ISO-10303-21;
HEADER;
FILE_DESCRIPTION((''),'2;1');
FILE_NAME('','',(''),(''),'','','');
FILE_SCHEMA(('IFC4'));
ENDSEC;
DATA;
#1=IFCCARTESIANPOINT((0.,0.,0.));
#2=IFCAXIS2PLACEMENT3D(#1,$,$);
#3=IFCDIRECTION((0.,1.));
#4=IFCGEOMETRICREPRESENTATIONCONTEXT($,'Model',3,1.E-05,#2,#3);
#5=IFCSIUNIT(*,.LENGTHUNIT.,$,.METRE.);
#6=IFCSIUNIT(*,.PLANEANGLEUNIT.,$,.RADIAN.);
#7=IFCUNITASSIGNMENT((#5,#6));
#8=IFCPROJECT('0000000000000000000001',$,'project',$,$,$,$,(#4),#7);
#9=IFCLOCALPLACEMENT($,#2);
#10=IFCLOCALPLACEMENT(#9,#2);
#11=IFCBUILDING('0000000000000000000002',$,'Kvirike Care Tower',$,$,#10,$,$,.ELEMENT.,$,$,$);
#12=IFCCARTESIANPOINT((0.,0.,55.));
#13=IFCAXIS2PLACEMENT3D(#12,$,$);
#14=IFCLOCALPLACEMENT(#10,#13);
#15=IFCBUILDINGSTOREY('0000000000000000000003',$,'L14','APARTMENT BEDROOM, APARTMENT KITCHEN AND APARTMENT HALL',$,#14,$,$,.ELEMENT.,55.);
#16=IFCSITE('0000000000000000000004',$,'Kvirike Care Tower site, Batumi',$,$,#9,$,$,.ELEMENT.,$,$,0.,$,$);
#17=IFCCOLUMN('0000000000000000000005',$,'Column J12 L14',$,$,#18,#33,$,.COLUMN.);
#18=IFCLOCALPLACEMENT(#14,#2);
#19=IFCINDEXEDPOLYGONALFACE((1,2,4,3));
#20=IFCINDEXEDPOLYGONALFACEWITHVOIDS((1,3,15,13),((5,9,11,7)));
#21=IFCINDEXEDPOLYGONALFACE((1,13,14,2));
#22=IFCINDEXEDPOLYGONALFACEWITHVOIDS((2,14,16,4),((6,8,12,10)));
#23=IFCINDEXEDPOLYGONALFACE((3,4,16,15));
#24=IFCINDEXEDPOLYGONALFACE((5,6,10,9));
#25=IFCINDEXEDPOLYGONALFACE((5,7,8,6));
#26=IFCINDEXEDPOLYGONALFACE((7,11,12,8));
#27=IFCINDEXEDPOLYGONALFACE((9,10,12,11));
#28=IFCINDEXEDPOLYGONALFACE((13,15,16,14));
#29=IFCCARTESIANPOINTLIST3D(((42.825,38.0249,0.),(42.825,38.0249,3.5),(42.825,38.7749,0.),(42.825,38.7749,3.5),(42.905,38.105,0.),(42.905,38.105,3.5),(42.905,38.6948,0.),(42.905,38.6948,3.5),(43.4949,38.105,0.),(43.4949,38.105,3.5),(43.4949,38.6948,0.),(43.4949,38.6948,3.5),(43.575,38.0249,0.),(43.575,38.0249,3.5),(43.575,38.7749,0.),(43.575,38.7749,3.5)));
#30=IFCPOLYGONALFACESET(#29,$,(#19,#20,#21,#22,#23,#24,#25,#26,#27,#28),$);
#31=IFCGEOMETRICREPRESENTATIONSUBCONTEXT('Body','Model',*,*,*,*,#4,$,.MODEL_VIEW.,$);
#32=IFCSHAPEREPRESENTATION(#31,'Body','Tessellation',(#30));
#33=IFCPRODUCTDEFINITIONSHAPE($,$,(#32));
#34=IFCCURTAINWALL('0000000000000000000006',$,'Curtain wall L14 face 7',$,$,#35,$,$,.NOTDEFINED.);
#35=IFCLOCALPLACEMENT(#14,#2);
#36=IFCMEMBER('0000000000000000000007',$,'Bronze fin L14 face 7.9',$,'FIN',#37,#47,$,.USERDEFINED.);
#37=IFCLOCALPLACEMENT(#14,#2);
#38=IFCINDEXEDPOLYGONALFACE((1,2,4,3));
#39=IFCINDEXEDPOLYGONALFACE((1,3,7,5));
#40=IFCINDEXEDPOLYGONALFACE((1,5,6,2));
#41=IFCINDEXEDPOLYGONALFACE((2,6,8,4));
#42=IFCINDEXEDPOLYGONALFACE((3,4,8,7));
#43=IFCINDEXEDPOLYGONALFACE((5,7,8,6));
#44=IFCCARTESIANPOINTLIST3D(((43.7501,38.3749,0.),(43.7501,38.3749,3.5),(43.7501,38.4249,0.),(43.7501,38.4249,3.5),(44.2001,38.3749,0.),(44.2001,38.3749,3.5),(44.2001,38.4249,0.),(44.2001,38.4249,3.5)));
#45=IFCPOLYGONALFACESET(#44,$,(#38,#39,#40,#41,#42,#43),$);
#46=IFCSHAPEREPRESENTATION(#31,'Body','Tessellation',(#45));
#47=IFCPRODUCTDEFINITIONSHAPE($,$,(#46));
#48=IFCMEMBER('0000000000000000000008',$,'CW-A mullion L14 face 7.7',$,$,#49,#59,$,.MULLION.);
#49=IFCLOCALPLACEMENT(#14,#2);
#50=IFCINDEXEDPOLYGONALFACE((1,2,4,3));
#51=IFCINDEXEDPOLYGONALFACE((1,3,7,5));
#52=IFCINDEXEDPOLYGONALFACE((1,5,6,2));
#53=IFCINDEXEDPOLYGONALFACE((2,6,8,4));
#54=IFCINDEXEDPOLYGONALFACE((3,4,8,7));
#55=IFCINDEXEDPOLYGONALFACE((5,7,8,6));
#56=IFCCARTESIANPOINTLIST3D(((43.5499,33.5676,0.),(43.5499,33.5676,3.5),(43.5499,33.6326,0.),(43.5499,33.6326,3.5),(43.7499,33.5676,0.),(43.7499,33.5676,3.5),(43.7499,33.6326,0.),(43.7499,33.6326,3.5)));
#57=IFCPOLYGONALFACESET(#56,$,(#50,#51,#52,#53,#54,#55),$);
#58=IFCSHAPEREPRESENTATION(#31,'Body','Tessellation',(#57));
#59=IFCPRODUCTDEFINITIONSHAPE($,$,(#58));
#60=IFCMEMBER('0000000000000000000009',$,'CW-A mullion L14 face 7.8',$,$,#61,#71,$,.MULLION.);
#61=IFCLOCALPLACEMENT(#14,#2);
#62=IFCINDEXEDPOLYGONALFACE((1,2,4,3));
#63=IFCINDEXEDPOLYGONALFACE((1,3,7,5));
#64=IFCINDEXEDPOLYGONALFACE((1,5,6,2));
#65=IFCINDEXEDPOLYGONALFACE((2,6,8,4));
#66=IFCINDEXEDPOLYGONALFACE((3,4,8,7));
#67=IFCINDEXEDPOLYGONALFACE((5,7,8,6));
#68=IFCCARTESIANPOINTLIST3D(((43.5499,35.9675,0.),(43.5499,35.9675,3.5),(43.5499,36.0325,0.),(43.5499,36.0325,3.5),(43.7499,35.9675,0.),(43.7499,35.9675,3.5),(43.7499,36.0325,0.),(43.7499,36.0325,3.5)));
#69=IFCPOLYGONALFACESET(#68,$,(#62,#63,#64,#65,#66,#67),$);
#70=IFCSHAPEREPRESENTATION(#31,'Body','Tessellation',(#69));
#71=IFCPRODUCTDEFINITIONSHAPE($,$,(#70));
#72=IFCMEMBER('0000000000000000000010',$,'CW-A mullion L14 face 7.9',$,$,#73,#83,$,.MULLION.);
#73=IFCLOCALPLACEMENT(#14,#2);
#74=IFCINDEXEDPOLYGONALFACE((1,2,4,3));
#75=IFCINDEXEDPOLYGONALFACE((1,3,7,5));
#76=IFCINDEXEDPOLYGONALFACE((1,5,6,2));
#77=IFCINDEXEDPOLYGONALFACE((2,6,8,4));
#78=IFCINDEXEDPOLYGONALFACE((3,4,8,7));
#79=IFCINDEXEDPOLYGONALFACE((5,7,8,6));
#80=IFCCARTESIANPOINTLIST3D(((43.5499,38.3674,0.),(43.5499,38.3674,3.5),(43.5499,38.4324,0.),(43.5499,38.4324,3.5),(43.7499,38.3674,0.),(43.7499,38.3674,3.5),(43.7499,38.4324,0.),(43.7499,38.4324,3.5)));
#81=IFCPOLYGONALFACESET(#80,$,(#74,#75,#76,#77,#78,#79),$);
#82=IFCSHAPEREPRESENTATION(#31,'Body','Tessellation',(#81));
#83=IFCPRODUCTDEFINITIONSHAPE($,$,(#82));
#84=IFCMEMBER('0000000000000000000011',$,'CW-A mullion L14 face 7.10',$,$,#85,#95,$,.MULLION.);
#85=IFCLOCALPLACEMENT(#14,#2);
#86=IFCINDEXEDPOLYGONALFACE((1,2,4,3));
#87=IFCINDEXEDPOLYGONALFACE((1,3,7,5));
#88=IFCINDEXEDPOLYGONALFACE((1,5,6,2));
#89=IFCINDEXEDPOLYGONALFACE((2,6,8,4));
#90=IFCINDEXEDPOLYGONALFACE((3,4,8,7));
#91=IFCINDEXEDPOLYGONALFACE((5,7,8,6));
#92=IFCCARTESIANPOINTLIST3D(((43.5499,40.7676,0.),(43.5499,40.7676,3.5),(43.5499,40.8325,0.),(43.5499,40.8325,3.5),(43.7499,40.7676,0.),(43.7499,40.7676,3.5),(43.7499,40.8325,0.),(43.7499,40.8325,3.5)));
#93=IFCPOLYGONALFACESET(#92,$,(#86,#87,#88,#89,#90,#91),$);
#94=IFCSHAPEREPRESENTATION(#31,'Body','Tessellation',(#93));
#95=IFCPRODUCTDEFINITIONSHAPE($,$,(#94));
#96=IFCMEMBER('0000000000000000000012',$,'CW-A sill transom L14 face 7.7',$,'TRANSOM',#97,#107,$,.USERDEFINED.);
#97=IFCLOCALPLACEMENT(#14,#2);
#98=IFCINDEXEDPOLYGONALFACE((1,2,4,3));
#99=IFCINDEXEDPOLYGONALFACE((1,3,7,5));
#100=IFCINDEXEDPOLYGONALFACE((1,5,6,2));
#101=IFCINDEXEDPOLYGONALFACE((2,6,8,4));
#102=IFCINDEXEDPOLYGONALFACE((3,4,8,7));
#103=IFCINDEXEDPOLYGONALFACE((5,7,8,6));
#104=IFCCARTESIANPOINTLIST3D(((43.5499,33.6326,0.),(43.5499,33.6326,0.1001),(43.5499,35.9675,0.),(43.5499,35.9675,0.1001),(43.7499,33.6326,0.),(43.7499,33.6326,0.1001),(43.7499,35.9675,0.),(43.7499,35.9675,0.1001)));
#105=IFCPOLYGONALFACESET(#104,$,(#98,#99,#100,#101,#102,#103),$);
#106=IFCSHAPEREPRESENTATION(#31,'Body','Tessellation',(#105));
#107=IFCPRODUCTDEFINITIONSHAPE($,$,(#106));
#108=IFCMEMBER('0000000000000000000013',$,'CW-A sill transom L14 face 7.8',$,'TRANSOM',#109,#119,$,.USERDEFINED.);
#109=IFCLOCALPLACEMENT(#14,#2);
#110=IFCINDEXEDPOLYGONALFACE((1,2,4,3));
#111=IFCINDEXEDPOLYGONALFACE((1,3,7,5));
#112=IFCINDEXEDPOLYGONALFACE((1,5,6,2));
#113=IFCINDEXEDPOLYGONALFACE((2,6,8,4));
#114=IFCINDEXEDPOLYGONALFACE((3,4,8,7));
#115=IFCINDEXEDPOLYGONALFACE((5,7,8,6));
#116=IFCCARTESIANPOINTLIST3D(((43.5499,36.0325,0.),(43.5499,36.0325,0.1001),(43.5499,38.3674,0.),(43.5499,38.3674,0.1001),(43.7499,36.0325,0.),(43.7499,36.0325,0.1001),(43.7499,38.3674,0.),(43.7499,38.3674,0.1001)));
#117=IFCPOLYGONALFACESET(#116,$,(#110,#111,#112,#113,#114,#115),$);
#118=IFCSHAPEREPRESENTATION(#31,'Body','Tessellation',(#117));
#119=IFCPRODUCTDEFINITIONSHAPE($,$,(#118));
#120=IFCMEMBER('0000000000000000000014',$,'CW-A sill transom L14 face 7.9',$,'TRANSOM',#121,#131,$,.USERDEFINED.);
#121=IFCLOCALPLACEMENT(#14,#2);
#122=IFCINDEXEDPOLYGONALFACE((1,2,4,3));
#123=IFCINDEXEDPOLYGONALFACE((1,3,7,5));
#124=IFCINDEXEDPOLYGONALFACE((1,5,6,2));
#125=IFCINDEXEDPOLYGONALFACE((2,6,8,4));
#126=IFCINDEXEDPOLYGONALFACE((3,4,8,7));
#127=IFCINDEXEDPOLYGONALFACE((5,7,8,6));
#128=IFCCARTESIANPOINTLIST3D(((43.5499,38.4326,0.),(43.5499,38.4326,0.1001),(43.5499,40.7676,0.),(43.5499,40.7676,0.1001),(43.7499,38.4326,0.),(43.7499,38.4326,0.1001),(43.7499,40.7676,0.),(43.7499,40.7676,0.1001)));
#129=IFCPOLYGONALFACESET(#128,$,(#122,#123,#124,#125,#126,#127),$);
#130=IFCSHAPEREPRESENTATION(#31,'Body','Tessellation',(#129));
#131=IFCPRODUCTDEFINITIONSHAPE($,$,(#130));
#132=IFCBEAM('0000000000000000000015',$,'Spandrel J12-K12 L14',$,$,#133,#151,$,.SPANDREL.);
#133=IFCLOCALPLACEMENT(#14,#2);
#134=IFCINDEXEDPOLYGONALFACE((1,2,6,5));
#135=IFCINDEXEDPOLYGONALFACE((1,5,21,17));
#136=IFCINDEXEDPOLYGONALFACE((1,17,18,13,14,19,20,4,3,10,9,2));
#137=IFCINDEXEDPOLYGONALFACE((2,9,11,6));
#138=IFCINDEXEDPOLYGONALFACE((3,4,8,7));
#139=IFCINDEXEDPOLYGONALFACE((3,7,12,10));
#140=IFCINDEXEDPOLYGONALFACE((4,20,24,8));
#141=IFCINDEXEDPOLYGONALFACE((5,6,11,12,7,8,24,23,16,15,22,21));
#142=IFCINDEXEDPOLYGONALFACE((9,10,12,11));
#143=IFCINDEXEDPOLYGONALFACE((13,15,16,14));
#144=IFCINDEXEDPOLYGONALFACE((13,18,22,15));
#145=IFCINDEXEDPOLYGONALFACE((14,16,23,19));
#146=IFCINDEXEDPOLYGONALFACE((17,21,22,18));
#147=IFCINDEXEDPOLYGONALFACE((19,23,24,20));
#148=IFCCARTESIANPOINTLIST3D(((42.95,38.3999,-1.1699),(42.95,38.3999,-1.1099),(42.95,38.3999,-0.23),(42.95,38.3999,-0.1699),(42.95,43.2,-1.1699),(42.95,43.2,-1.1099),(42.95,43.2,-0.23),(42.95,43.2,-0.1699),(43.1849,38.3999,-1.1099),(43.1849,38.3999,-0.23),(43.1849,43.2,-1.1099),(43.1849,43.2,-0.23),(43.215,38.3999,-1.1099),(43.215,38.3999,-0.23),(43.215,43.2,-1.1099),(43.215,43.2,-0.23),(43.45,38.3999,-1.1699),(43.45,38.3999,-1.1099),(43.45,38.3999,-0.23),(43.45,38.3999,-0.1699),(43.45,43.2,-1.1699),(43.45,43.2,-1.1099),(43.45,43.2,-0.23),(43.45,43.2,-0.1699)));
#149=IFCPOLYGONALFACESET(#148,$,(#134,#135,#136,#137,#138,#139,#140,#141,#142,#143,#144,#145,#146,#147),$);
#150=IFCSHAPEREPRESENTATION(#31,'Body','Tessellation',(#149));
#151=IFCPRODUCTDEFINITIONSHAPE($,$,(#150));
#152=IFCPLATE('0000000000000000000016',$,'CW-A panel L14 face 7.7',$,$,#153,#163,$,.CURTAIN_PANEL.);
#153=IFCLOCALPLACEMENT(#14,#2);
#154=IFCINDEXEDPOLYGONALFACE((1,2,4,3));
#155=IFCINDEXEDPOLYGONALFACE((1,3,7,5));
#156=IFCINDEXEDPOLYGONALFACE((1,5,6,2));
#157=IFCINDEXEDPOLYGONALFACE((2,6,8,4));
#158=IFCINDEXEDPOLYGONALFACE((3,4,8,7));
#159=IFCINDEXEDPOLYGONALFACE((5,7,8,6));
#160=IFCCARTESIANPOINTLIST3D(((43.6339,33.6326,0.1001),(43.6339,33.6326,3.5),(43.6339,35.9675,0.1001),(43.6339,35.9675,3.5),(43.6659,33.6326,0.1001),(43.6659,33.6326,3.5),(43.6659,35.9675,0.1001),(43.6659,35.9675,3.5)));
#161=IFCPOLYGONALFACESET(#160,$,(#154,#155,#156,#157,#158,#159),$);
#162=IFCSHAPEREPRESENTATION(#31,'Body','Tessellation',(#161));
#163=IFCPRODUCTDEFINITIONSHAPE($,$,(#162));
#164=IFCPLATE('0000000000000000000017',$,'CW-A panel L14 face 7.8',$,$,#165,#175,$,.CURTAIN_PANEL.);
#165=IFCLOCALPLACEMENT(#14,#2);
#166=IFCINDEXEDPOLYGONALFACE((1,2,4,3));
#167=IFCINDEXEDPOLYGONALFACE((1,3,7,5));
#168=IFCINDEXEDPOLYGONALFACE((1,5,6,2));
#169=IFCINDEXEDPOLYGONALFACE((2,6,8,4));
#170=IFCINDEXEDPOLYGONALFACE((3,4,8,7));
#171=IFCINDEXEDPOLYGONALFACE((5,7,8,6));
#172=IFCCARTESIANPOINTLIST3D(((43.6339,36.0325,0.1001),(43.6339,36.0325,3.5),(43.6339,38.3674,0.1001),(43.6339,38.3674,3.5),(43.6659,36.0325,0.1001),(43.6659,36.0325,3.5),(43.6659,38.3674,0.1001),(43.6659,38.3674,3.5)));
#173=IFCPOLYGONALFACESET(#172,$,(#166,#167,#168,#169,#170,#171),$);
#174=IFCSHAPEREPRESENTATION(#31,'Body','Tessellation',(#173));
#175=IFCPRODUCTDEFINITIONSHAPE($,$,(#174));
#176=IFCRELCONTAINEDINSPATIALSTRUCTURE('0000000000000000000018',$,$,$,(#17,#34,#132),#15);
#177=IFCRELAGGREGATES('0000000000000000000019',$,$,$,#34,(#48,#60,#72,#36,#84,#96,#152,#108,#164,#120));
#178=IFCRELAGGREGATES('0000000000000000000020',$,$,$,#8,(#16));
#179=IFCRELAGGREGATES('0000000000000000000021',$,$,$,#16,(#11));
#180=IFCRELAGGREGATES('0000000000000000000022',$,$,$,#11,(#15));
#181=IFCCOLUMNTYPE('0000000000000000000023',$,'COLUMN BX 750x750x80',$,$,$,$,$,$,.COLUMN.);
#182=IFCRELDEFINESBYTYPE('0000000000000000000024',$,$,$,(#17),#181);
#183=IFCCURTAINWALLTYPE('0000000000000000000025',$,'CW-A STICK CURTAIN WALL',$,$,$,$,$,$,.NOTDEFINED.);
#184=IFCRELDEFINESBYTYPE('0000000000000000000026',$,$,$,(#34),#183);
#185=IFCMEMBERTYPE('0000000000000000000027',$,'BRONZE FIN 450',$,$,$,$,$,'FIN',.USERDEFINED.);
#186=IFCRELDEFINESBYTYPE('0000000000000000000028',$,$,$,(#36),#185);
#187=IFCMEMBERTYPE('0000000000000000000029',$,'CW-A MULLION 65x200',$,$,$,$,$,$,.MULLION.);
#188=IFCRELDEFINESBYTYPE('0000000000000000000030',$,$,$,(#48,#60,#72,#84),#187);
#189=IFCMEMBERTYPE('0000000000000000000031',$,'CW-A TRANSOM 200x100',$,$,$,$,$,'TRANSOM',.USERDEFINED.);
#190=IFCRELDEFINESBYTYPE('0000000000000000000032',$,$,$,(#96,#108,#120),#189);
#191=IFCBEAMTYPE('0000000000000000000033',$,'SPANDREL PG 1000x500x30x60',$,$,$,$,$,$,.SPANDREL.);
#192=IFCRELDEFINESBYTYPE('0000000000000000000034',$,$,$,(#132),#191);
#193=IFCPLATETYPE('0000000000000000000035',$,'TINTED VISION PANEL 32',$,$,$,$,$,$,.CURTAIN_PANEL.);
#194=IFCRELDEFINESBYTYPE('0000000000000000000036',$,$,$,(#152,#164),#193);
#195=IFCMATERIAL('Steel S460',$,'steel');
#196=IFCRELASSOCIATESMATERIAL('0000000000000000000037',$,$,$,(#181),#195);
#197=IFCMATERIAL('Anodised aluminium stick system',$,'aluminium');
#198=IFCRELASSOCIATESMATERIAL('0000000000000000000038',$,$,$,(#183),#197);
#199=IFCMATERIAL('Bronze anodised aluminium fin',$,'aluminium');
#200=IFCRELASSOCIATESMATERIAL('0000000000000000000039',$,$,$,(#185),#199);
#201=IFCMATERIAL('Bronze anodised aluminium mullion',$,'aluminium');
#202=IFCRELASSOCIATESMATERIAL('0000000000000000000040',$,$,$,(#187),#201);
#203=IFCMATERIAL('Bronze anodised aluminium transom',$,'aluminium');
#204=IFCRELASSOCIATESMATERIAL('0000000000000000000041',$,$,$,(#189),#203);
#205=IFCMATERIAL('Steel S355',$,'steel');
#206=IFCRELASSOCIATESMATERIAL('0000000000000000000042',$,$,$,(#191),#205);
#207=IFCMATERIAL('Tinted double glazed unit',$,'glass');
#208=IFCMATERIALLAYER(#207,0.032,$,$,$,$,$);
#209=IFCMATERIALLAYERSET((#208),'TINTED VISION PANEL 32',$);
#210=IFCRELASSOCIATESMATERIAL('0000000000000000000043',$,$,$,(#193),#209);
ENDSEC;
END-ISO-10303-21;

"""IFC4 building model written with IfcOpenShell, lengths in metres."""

from ifc_helpers import new_model, si_unit, direction, frame, origin, origin_2d, place, context, subcontext, project, spatial, rectangle, hollow_rectangle, i_section, extrude, material, layer, layer_set, material_profile, profile_set, type_object, element, aggregate, save


model = new_model("IFC4")

# Units and contexts
model_context = context("Model", 3, precision=1e-05, world=origin(), true_north=direction((0.0, 1.0)))
body_context = subcontext(model_context, "Body", "Model", "MODEL_VIEW")
ifc_project = project(units=[si_unit("LENGTHUNIT", "METRE"), si_unit("PLANEANGLEUNIT", "RADIAN")], contexts=[model_context])

# Site, building, storey
site_placement = place(None, origin())
site = spatial("IfcSite", under=ifc_project, at=site_placement, Name="Kvirike Care Tower site, Batumi", CompositionType="ELEMENT", RefElevation=0.0)
building_placement = place(site_placement, origin())
building = spatial("IfcBuilding", under=site, at=building_placement, Name="Kvirike Care Tower", CompositionType="ELEMENT")
storey_placement = place(building_placement, frame((0.0, 0.0, 55.0)))
storey = spatial("IfcBuildingStorey", under=building, at=storey_placement, Name="L14", Description="APARTMENT BEDROOM, APARTMENT KITCHEN AND APARTMENT HALL", CompositionType="ELEMENT", Elevation=55.0)

# Column
ifc_material_1 = material(Name="Steel S460", Category="steel")
ifc_material_profile_1 = material_profile(ifc_material_1, hollow_rectangle(XDim=0.75, YDim=0.75, WallThickness=0.0801, at=origin_2d()), Name="BX 750x750x80")
ifc_profile_set_1 = profile_set([ifc_material_profile_1], Name="Steel S460")
column_type = type_object("IfcColumnType", Name="COLUMN BX 750x750x80", PredefinedType="COLUMN", material=ifc_profile_set_1)
column_placement = place(storey_placement, frame((43.2, 38.3999, 0.0), z_axis=(0.0, 0.0, 1.0), x_axis=(1.0, 0.0, 0.0)))
element("IfcColumn", 1, at=column_placement, inside=storey, type_object=column_type, Name="Column J12 L14", PredefinedType="COLUMN", context=body_context, shape_type="SweptSolid", body=[
    extrude(hollow_rectangle(XDim=0.75, YDim=0.75, WallThickness=0.0801, at=origin_2d()), origin(), (0.0, 0.0, 1.0), 3.5),
])

# Curtain wall, members
ifc_material_2 = material(Name="Anodised aluminium stick system", Category="aluminium")
curtain_wall_type = type_object("IfcCurtainWallType", Name="CW-A STICK CURTAIN WALL", PredefinedType="NOTDEFINED", material=ifc_material_2)
curtain_wall_placement = place(storey_placement, origin())
curtain_wall = element("IfcCurtainWall", 2, at=curtain_wall_placement, inside=storey, type_object=curtain_wall_type, Name="Curtain wall L14 face 7", PredefinedType="NOTDEFINED")
ifc_material_3 = material(Name="Bronze anodised aluminium fin", Category="aluminium")
ifc_material_profile_2 = material_profile(ifc_material_3, rectangle(XDim=0.05, YDim=0.45, at=origin_2d()), Name="BRONZE FIN 450")
ifc_profile_set_2 = profile_set([ifc_material_profile_2], Name="Bronze anodised aluminium fin")
member_type_1 = type_object("IfcMemberType", Name="BRONZE FIN 450", ElementType="FIN", PredefinedType="USERDEFINED", material=ifc_profile_set_2)
member_1_placement = place(storey_placement, frame((43.9751, 38.3999, 0.0), z_axis=(0.0, 0.0, 1.0), x_axis=(0.0, 1.0, 0.0)))
member_1 = element("IfcMember", 3, at=member_1_placement, type_object=member_type_1, Name="Bronze fin L14 face 7.9", ObjectType="FIN", PredefinedType="USERDEFINED", context=body_context, shape_type="SweptSolid", body=[
    extrude(rectangle(XDim=0.05, YDim=0.45, at=origin_2d()), origin(), (0.0, 0.0, 1.0), 3.5),
])
ifc_material_4 = material(Name="Bronze anodised aluminium mullion", Category="aluminium")
ifc_material_profile_3 = material_profile(ifc_material_4, rectangle(XDim=0.0649, YDim=0.2, at=origin_2d()), Name="CW-A MULLION 65x200")
ifc_profile_set_3 = profile_set([ifc_material_profile_3], Name="Bronze anodised aluminium mullion")
member_type_2 = type_object("IfcMemberType", Name="CW-A MULLION 65x200", PredefinedType="MULLION", material=ifc_profile_set_3)
member_2_placement = place(storey_placement, frame((43.6499, 33.6001, 0.0), z_axis=(0.0, 0.0, 1.0), x_axis=(0.0, 1.0, 0.0)))
member_2 = element("IfcMember", 4, at=member_2_placement, type_object=member_type_2, Name="CW-A mullion L14 face 7.7", PredefinedType="MULLION", context=body_context, shape_type="SweptSolid", body=[
    extrude(rectangle(XDim=0.0649, YDim=0.2, at=origin_2d()), origin(), (0.0, 0.0, 1.0), 3.5),
])
member_3_placement = place(storey_placement, frame((43.6499, 36.0, 0.0), z_axis=(0.0, 0.0, 1.0), x_axis=(0.0, 1.0, 0.0)))
member_3 = element("IfcMember", 5, at=member_3_placement, type_object=member_type_2, Name="CW-A mullion L14 face 7.8", PredefinedType="MULLION", context=body_context, shape_type="SweptSolid", body=[
    extrude(rectangle(XDim=0.0649, YDim=0.2, at=origin_2d()), origin(), (0.0, 0.0, 1.0), 3.5),
])
member_4_placement = place(storey_placement, frame((43.6499, 38.3999, 0.0), z_axis=(0.0, 0.0, 1.0), x_axis=(0.0, 1.0, 0.0)))
member_4 = element("IfcMember", 6, at=member_4_placement, type_object=member_type_2, Name="CW-A mullion L14 face 7.9", PredefinedType="MULLION", context=body_context, shape_type="SweptSolid", body=[
    extrude(rectangle(XDim=0.0649, YDim=0.2, at=origin_2d()), origin(), (0.0, 0.0, 1.0), 3.5),
])
member_5_placement = place(storey_placement, frame((43.6499, 40.8, 0.0), z_axis=(0.0, 0.0, 1.0), x_axis=(0.0, 1.0, 0.0)))
member_5 = element("IfcMember", 7, at=member_5_placement, type_object=member_type_2, Name="CW-A mullion L14 face 7.10", PredefinedType="MULLION", context=body_context, shape_type="SweptSolid", body=[
    extrude(rectangle(XDim=0.0649, YDim=0.2, at=origin_2d()), origin(), (0.0, 0.0, 1.0), 3.5),
])
ifc_material_5 = material(Name="Bronze anodised aluminium transom", Category="aluminium")
ifc_material_profile_4 = material_profile(ifc_material_5, rectangle(XDim=0.2, YDim=0.1001, at=origin_2d()), Name="CW-A TRANSOM 200x100")
ifc_profile_set_4 = profile_set([ifc_material_profile_4], Name="Bronze anodised aluminium transom")
member_type_3 = type_object("IfcMemberType", Name="CW-A TRANSOM 200x100", ElementType="TRANSOM", PredefinedType="USERDEFINED", material=ifc_profile_set_4)
member_6_placement = place(storey_placement, frame((43.6499, 33.6326, 0.05), z_axis=(0.0, 1.0, 0.0), x_axis=(-1.0, 0.0, 0.0)))
member_6 = element("IfcMember", 8, at=member_6_placement, type_object=member_type_3, Name="CW-A sill transom L14 face 7.7", ObjectType="TRANSOM", PredefinedType="USERDEFINED", context=body_context, shape_type="SweptSolid", body=[
    extrude(rectangle(XDim=0.2, YDim=0.1001, at=origin_2d()), origin(), (0.0, 0.0, 1.0), 2.335),
])
member_7_placement = place(storey_placement, frame((43.6499, 36.0325, 0.05), z_axis=(0.0, 1.0, 0.0), x_axis=(-1.0, 0.0, 0.0)))
member_7 = element("IfcMember", 9, at=member_7_placement, type_object=member_type_3, Name="CW-A sill transom L14 face 7.8", ObjectType="TRANSOM", PredefinedType="USERDEFINED", context=body_context, shape_type="SweptSolid", body=[
    extrude(rectangle(XDim=0.2, YDim=0.1001, at=origin_2d()), origin(), (0.0, 0.0, 1.0), 2.335),
])
member_8_placement = place(storey_placement, frame((43.6499, 38.4326, 0.05), z_axis=(0.0, 1.0, 0.0), x_axis=(-1.0, 0.0, 0.0)))
member_8 = element("IfcMember", 10, at=member_8_placement, type_object=member_type_3, Name="CW-A sill transom L14 face 7.9", ObjectType="TRANSOM", PredefinedType="USERDEFINED", context=body_context, shape_type="SweptSolid", body=[
    extrude(rectangle(XDim=0.2, YDim=0.1001, at=origin_2d()), origin(), (0.0, 0.0, 1.0), 2.335),
])

# Beam
ifc_material_6 = material(Name="Steel S355", Category="steel")
ifc_material_profile_5 = material_profile(ifc_material_6, i_section(OverallWidth=0.5, OverallDepth=1.0, WebThickness=0.03, FlangeThickness=0.0601, at=origin_2d()), Name="PG 1000x500x30x60")
ifc_profile_set_5 = profile_set([ifc_material_profile_5], Name="Steel S355")
beam_type = type_object("IfcBeamType", Name="SPANDREL PG 1000x500x30x60", PredefinedType="SPANDREL", material=ifc_profile_set_5)
beam_placement = place(storey_placement, frame((43.2, 38.3999, -0.6699), z_axis=(0.0, 1.0, 0.0), x_axis=(-1.0, 0.0, 0.0)))
element("IfcBeam", 11, at=beam_placement, inside=storey, type_object=beam_type, Name="Spandrel J12-K12 L14", PredefinedType="SPANDREL", context=body_context, shape_type="SweptSolid", body=[
    extrude(i_section(OverallWidth=0.5, OverallDepth=1.0, WebThickness=0.03, FlangeThickness=0.0601, at=origin_2d()), origin(), (0.0, 0.0, 1.0), 4.8),
])

# Plates
ifc_material_7 = material(Name="Tinted double glazed unit", Category="glass")
ifc_layer_1 = layer(ifc_material_7, 0.032)
ifc_layer_set_1 = layer_set([ifc_layer_1], Name="TINTED VISION PANEL 32")
plate_type = type_object("IfcPlateType", Name="TINTED VISION PANEL 32", PredefinedType="CURTAIN_PANEL", material=ifc_layer_set_1)
plate_1_placement = place(storey_placement, frame((43.6499, 34.8, 0.1001), z_axis=(0.0, 0.0, 1.0), x_axis=(0.0, 1.0, 0.0)))
plate_1 = element("IfcPlate", 12, at=plate_1_placement, type_object=plate_type, Name="CW-A panel L14 face 7.7", PredefinedType="CURTAIN_PANEL", context=body_context, shape_type="SweptSolid", body=[
    extrude(rectangle(XDim=2.335, YDim=0.032, at=origin_2d()), origin(), (0.0, 0.0, 1.0), 3.3999),
])
plate_2_placement = place(storey_placement, frame((43.6499, 37.2, 0.1001), z_axis=(0.0, 0.0, 1.0), x_axis=(0.0, 1.0, 0.0)))
plate_2 = element("IfcPlate", 13, at=plate_2_placement, type_object=plate_type, Name="CW-A panel L14 face 7.8", PredefinedType="CURTAIN_PANEL", context=body_context, shape_type="SweptSolid", body=[
    extrude(rectangle(XDim=2.335, YDim=0.032, at=origin_2d()), origin(), (0.0, 0.0, 1.0), 3.3999),
])
aggregate(curtain_wall, [member_2, member_3, member_4, member_1, member_5, member_6, plate_1, member_7, plate_2, member_8])

save(model, "model.ifc")
